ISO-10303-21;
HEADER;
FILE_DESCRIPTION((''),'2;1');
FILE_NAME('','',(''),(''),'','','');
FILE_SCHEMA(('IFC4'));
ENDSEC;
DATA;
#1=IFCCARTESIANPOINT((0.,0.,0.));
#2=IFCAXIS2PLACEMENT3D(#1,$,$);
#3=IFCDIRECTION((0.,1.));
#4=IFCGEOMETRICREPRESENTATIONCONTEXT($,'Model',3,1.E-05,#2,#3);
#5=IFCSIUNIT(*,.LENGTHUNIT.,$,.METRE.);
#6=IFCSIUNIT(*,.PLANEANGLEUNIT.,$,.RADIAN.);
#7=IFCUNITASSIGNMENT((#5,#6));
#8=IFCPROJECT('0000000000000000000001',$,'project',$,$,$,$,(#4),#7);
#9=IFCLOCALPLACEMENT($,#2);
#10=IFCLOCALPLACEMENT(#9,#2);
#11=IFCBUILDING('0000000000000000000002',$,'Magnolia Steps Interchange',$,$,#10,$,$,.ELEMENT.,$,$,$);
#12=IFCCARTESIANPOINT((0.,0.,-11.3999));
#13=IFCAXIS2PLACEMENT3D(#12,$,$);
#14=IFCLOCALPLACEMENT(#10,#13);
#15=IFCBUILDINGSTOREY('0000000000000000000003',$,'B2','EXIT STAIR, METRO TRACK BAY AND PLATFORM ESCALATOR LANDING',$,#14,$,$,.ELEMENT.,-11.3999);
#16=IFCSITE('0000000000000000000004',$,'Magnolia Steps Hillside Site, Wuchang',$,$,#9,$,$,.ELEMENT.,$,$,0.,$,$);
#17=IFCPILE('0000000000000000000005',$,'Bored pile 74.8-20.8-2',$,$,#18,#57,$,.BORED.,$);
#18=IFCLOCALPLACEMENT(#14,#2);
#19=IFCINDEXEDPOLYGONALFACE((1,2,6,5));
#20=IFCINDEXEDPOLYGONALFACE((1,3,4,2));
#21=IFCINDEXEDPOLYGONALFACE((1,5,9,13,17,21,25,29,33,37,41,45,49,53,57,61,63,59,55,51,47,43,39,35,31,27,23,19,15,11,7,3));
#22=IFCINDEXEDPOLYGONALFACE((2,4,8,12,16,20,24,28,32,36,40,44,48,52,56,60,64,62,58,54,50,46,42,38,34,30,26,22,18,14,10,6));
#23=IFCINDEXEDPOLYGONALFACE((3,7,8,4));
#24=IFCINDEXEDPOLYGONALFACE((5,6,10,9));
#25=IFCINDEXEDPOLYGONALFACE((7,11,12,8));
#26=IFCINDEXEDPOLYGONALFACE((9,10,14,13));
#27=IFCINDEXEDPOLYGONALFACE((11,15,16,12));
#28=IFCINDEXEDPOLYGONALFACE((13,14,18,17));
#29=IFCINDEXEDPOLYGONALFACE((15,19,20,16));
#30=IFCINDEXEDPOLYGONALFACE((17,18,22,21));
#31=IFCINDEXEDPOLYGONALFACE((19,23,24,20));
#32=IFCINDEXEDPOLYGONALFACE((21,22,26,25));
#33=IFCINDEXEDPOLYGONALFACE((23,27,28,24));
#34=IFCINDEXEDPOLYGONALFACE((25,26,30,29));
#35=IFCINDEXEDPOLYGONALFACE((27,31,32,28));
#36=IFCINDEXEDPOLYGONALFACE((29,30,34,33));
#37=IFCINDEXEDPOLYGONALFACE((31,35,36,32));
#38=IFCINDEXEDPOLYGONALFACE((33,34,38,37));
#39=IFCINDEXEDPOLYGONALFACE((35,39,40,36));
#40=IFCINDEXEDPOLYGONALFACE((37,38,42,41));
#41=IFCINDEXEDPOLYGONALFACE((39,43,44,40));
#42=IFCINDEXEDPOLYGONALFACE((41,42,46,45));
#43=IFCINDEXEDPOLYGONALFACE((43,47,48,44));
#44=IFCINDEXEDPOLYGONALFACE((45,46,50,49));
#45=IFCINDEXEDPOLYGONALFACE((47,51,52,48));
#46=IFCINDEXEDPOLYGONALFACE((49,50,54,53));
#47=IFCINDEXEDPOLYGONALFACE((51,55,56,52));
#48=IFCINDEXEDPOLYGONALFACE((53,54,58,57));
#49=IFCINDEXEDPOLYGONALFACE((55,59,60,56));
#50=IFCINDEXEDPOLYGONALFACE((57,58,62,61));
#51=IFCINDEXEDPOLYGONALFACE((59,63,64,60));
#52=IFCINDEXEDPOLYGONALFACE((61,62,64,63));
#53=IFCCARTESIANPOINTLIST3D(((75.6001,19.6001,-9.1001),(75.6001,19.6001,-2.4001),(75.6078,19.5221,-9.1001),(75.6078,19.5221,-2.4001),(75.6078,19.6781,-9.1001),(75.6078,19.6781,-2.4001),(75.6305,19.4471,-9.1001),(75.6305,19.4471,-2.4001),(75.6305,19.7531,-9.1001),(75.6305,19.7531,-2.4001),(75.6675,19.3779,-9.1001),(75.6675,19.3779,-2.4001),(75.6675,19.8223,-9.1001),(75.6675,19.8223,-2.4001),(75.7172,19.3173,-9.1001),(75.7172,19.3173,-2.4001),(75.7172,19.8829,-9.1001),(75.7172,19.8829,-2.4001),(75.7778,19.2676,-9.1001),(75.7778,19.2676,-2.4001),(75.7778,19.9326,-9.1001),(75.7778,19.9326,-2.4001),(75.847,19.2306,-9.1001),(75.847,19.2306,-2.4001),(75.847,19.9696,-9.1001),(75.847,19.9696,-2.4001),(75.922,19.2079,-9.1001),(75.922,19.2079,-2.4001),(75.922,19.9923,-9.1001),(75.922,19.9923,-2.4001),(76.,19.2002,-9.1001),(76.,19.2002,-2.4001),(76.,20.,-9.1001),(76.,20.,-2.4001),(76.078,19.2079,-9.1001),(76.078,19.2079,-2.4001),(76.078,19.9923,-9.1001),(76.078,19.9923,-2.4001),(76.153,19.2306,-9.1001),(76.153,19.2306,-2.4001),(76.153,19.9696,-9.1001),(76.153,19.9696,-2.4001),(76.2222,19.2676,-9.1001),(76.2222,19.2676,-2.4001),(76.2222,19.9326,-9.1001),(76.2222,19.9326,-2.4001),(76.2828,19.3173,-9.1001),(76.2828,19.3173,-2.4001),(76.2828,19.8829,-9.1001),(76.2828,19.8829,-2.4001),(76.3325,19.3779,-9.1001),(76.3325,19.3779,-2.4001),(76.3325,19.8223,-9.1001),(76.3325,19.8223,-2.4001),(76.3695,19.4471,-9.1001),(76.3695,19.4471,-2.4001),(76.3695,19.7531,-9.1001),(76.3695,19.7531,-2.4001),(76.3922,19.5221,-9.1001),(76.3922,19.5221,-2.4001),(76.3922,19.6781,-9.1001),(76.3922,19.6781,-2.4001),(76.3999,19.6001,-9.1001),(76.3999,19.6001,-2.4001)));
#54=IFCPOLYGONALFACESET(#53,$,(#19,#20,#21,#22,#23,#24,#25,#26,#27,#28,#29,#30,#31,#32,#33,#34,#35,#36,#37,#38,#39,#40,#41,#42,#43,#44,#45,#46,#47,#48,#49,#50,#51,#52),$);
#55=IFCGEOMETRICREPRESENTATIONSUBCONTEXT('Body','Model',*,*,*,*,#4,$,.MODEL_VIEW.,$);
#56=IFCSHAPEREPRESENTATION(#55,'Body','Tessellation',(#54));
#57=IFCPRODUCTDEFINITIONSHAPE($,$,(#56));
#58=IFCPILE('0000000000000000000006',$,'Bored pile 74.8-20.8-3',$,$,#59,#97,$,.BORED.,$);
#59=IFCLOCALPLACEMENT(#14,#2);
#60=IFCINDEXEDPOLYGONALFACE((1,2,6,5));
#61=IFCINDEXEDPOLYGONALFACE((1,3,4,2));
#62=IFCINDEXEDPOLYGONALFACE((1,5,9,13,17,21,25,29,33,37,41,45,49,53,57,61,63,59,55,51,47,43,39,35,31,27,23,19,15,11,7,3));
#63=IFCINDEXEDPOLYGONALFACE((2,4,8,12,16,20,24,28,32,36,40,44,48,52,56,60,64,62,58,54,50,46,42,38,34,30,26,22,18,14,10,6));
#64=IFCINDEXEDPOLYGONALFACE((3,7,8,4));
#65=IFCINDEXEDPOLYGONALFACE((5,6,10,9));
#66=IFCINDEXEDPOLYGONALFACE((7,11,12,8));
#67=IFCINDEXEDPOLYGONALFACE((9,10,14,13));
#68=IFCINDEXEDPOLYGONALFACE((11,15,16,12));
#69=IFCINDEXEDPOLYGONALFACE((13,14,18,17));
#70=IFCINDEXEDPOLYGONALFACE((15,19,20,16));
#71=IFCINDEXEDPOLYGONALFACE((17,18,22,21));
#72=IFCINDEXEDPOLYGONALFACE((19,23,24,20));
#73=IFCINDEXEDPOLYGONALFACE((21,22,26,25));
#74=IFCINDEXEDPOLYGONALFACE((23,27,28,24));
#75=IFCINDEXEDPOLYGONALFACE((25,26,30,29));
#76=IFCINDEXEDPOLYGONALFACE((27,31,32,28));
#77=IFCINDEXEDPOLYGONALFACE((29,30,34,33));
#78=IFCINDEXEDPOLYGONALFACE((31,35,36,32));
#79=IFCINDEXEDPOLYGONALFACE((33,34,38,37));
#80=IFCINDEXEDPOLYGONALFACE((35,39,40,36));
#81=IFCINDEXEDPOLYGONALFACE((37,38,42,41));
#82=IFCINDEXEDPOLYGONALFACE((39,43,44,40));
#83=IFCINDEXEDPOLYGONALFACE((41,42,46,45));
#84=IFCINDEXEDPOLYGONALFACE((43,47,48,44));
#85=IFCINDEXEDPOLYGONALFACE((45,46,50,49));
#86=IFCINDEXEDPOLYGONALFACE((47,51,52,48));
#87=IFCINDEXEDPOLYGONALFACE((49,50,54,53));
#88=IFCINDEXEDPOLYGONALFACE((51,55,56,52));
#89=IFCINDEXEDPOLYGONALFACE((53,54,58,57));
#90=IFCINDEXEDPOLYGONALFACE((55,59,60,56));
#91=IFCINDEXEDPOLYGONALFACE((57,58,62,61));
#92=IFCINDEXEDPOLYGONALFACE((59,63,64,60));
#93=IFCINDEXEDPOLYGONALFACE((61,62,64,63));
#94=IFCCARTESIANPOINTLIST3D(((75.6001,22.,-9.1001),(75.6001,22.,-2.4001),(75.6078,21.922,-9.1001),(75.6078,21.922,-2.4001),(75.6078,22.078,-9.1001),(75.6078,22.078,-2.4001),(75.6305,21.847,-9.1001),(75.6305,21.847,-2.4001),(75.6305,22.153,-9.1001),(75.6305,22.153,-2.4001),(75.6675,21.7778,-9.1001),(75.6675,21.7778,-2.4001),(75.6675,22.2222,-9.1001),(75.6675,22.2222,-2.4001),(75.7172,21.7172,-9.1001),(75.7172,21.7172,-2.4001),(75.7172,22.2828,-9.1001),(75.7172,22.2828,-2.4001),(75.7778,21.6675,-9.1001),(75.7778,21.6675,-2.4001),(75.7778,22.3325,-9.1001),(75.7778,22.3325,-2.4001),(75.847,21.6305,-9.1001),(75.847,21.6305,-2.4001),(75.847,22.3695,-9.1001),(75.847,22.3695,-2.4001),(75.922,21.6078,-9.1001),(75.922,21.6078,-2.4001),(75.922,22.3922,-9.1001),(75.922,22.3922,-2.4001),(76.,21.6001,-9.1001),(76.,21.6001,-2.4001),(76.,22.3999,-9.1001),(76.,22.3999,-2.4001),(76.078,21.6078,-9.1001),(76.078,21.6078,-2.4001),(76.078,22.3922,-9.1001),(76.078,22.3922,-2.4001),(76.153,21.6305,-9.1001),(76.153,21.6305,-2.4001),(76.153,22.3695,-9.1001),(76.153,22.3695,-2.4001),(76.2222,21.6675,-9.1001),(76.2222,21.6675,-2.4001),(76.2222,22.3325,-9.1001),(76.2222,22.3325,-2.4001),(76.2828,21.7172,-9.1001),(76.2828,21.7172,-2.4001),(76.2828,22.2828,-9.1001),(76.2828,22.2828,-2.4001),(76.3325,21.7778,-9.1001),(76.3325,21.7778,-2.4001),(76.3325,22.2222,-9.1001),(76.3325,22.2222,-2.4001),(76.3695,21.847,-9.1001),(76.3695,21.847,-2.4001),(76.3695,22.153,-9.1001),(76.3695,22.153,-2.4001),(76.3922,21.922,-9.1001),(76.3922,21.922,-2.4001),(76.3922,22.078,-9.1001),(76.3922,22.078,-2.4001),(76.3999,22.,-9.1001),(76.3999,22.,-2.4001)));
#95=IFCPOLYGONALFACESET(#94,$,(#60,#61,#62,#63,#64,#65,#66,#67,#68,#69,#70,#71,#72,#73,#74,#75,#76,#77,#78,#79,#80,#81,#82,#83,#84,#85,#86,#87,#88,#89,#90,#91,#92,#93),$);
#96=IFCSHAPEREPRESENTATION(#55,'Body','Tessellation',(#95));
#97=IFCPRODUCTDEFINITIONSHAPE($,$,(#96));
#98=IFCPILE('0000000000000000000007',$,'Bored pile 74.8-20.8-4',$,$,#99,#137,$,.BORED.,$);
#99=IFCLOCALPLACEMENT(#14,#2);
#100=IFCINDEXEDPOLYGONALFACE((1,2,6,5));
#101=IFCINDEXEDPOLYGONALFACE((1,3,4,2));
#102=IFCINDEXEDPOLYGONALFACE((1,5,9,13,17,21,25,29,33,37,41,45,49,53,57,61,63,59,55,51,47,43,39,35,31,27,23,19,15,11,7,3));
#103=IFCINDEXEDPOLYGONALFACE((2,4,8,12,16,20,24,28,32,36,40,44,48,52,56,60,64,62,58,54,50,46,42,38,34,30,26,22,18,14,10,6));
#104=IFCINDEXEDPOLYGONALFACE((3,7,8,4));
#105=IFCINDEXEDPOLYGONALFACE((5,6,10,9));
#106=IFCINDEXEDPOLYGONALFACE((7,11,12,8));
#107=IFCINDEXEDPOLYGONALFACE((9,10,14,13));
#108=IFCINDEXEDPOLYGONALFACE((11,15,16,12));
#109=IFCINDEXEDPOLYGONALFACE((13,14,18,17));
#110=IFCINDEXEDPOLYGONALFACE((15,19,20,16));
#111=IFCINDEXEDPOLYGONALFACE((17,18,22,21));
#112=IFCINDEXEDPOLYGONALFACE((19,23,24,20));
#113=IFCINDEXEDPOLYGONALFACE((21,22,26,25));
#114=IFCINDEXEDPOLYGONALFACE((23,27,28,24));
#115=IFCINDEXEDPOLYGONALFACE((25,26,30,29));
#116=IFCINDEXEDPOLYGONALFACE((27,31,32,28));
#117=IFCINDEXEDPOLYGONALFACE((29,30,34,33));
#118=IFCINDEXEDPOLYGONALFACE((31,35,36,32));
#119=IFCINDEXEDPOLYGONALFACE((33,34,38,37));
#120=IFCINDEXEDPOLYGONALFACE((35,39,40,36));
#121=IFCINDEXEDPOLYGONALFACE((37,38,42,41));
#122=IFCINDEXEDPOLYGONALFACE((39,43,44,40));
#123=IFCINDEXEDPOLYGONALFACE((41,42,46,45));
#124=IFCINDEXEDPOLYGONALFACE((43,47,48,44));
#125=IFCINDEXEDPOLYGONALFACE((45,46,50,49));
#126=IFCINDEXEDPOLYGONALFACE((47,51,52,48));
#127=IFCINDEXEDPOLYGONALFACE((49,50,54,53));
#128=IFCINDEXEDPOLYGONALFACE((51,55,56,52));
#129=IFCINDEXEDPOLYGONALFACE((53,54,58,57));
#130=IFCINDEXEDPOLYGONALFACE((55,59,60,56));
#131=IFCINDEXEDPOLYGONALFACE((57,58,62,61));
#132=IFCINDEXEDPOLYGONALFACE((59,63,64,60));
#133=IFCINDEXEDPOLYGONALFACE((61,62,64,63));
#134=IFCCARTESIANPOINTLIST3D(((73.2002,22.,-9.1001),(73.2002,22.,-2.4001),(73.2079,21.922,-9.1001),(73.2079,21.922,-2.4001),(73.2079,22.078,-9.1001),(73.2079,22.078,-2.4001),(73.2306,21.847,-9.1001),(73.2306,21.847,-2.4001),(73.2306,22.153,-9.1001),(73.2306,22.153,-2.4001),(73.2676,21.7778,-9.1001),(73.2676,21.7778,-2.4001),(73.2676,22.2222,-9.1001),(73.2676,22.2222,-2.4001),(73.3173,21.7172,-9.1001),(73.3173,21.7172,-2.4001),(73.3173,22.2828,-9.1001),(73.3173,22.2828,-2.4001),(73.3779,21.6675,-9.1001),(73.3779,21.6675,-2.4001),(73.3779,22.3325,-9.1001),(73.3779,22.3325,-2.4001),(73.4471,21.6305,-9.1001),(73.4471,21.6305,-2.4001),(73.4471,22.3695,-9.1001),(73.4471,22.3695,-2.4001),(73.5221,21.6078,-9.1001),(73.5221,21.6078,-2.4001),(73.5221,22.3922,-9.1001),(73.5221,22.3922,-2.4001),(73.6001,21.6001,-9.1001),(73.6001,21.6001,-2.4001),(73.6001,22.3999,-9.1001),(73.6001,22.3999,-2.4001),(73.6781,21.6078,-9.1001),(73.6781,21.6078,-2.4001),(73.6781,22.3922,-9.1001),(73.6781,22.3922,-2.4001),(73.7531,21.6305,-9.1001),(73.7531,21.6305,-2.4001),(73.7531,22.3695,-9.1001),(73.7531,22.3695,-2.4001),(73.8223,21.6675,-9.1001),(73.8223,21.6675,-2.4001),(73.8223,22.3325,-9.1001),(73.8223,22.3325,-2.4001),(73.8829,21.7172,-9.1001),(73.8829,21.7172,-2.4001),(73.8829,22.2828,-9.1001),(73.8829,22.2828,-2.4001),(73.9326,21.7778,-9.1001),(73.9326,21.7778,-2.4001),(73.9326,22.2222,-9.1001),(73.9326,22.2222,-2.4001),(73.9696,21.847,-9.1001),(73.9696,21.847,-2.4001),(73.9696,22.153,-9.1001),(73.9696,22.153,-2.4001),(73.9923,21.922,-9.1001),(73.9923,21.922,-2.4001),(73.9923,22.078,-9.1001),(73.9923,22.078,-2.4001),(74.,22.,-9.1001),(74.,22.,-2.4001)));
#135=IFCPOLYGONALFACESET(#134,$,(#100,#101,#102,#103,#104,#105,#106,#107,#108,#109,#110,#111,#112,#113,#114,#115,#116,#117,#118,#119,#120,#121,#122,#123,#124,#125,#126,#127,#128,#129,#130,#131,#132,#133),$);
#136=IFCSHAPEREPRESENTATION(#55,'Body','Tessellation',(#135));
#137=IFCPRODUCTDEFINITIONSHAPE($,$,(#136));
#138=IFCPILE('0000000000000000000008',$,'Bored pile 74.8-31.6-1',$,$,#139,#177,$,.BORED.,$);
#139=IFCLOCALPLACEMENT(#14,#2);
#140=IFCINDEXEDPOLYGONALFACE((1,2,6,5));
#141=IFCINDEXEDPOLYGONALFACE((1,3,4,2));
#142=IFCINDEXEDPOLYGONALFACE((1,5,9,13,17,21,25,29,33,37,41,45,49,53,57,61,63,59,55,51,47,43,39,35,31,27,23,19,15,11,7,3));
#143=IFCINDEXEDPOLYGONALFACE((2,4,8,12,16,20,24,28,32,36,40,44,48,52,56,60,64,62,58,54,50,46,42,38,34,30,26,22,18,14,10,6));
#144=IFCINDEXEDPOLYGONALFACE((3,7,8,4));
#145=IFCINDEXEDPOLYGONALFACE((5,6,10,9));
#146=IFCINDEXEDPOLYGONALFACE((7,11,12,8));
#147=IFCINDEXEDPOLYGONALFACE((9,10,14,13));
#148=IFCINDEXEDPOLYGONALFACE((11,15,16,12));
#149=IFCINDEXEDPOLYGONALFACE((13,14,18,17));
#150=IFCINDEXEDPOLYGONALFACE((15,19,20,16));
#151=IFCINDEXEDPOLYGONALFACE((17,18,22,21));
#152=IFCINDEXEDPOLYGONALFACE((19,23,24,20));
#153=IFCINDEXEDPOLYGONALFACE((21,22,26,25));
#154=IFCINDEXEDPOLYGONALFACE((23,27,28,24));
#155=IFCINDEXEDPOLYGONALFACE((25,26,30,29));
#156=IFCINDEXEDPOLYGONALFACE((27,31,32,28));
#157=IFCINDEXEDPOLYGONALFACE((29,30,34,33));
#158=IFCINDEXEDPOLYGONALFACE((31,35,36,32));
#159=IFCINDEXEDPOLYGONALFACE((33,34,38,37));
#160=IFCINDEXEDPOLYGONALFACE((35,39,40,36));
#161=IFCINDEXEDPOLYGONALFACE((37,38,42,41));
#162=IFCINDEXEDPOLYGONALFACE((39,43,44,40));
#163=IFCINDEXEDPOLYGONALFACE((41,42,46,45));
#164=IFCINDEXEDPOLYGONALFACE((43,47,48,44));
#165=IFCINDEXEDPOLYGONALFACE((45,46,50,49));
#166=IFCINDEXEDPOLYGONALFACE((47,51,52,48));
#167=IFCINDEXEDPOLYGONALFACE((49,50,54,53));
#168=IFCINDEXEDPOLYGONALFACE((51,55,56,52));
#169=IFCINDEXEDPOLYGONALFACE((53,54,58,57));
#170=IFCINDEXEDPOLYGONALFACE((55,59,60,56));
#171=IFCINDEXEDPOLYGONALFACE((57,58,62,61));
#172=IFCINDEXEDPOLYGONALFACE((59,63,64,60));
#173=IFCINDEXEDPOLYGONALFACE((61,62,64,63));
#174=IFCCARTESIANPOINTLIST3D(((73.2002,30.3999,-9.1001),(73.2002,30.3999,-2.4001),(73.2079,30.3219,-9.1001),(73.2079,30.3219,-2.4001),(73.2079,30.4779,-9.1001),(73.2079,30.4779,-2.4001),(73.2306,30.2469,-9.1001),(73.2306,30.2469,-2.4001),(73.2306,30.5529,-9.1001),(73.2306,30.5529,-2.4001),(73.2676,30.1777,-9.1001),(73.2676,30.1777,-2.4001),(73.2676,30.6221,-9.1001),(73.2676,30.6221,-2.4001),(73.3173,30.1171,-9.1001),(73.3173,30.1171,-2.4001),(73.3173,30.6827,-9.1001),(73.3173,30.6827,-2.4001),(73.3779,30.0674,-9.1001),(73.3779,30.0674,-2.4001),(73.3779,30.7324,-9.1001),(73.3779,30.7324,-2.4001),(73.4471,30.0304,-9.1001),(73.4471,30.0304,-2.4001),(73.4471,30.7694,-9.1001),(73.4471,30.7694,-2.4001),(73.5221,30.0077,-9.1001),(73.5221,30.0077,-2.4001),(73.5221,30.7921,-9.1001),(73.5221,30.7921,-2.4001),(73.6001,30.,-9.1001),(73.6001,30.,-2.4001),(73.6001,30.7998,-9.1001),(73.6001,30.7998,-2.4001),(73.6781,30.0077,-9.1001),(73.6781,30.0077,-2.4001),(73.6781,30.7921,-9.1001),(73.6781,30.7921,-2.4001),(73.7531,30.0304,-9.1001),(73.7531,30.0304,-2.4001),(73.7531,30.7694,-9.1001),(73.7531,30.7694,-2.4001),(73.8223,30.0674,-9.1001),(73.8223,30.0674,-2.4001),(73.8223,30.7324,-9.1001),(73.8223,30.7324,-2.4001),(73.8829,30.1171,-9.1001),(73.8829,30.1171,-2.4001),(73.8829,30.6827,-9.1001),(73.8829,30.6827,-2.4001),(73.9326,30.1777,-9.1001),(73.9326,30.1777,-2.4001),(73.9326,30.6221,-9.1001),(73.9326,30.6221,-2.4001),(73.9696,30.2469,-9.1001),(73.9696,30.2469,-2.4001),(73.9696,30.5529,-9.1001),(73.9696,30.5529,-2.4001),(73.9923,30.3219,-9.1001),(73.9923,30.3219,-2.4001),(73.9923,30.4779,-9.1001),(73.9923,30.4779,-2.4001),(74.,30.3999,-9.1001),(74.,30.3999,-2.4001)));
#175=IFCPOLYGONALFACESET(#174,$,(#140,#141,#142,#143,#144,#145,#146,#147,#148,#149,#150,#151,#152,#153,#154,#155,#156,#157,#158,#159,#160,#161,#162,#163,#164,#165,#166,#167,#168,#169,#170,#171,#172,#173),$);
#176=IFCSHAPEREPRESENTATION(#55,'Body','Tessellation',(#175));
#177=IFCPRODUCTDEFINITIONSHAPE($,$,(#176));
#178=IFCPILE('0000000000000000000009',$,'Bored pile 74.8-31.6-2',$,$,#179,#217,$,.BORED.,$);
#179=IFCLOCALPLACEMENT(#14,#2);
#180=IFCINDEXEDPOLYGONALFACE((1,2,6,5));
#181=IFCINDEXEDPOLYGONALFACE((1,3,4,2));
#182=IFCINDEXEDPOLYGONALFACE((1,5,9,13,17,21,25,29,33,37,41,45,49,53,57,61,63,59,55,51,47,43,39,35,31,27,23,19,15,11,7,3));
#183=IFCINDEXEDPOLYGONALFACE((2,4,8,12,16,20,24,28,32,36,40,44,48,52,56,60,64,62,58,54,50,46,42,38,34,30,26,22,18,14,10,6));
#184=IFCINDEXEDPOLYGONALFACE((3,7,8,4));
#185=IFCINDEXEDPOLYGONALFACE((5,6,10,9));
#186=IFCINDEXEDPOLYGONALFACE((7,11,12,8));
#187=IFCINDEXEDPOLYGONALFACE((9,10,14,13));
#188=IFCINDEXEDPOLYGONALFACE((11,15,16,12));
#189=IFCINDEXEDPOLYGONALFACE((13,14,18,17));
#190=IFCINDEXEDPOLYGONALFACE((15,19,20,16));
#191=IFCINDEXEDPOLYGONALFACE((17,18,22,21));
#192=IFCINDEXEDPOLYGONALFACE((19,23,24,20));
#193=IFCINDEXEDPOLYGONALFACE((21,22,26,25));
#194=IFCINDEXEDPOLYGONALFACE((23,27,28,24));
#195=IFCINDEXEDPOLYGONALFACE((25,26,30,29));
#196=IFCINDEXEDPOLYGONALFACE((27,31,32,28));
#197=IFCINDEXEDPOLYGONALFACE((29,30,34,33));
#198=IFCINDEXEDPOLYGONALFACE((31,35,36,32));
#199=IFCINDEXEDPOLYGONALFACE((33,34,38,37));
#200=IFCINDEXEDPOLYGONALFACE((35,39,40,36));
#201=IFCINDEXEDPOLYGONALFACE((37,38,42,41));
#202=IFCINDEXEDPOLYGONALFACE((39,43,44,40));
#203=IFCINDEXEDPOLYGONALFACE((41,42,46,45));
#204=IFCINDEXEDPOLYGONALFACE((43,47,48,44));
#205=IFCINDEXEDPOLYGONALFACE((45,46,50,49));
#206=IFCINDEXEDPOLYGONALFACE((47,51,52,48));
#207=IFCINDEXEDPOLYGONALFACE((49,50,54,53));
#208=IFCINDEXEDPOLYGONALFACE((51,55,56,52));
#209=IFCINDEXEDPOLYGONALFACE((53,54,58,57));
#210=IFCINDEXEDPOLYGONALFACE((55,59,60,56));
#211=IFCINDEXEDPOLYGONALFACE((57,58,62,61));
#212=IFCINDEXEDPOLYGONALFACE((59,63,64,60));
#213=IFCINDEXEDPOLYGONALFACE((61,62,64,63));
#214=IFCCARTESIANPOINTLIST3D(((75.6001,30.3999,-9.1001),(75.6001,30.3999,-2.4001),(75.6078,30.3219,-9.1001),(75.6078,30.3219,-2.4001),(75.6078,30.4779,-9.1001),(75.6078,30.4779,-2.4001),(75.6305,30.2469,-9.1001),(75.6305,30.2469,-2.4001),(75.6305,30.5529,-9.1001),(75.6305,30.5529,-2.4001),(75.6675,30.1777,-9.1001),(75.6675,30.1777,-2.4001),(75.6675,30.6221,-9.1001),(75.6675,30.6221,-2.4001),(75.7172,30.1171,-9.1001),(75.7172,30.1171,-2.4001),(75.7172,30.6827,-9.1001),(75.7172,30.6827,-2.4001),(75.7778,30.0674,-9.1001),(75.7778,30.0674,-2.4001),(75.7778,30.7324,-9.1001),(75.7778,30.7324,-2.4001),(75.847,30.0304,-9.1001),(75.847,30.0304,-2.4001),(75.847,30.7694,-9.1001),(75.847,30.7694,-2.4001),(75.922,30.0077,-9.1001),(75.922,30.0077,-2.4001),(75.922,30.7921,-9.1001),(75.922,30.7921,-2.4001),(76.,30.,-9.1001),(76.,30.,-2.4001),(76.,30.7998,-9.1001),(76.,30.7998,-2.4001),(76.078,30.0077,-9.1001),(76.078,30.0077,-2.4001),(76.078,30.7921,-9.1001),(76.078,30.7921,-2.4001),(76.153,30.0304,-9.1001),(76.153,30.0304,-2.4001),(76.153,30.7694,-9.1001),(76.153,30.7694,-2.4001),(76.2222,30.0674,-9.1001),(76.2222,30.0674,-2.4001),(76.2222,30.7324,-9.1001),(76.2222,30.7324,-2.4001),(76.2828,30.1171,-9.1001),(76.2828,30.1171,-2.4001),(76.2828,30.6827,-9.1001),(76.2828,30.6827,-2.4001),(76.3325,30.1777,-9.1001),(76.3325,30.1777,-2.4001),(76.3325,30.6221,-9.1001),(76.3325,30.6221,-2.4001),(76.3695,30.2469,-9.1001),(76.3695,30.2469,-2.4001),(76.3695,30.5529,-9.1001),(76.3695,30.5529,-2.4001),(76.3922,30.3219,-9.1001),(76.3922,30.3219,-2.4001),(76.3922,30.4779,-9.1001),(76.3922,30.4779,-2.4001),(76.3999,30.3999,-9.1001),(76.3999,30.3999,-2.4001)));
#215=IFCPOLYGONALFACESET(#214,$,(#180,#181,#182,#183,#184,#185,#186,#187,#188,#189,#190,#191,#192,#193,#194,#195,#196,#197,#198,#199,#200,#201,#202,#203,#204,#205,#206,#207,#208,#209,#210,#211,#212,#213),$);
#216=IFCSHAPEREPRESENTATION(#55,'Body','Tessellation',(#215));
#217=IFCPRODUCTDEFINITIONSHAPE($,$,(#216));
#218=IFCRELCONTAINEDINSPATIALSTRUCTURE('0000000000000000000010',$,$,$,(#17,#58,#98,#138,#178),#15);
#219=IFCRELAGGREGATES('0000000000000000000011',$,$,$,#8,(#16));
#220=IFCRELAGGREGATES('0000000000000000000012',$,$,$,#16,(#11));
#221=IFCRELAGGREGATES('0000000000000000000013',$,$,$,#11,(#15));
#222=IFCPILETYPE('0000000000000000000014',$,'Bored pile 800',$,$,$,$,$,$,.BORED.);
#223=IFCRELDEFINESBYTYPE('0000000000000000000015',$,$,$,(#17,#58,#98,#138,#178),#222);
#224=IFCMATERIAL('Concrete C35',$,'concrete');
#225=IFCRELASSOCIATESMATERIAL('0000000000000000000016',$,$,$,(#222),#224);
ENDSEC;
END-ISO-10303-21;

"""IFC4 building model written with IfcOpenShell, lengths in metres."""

from ifc_helpers import new_model, si_unit, direction, frame, origin, origin_2d, place, context, subcontext, project, spatial, circle, extrude, material, material_profile, profile_set, type_object, element, save


model = new_model("IFC4")

# Units and contexts
model_context = context("Model", 3, precision=1e-05, world=origin(), true_north=direction((0.0, 1.0)))
body_context = subcontext(model_context, "Body", "Model", "MODEL_VIEW")
ifc_project = project(units=[si_unit("LENGTHUNIT", "METRE"), si_unit("PLANEANGLEUNIT", "RADIAN")], contexts=[model_context])

# Site, building, storey
site_placement = place(None, origin())
site = spatial("IfcSite", under=ifc_project, at=site_placement, Name="Magnolia Steps Hillside Site, Wuchang", CompositionType="ELEMENT", RefElevation=0.0)
building_placement = place(site_placement, origin())
building = spatial("IfcBuilding", under=site, at=building_placement, Name="Magnolia Steps Interchange", CompositionType="ELEMENT")
storey_placement = place(building_placement, frame((0.0, 0.0, -11.3999)))
storey = spatial("IfcBuildingStorey", under=building, at=storey_placement, Name="B2", Description="EXIT STAIR, METRO TRACK BAY AND PLATFORM ESCALATOR LANDING", CompositionType="ELEMENT", Elevation=-11.3999)

# Piles
ifc_material_1 = material(Name="Concrete C35", Category="concrete")
ifc_material_profile_1 = material_profile(ifc_material_1, circle(Radius=0.3999, at=origin_2d()), Name="Bored pile 800")
ifc_profile_set_1 = profile_set([ifc_material_profile_1], Name="Concrete C35")
pile_type = type_object("IfcPileType", Name="Bored pile 800", PredefinedType="BORED", material=ifc_profile_set_1)
for number, where, z_axis, x_axis, name in (
    (1, (76.0, 19.6001, -2.4001), (0.0, 0.0, -1.0), (1.0, 0.0, 0.0), "Bored pile 74.8-20.8-2"),
    (2, (76.0, 22.0, -2.4001), (0.0, 0.0, -1.0), (1.0, 0.0, 0.0), "Bored pile 74.8-20.8-3"),
    (3, (73.6001, 22.0, -2.4001), (0.0, 0.0, -1.0), (1.0, 0.0, 0.0), "Bored pile 74.8-20.8-4"),
    (4, (73.6001, 30.3999, -2.4001), (0.0, 0.0, -1.0), (1.0, 0.0, 0.0), "Bored pile 74.8-31.6-1"),
    (5, (76.0, 30.3999, -2.4001), (0.0, 0.0, -1.0), (1.0, 0.0, 0.0), "Bored pile 74.8-31.6-2"),
):
    element("IfcPile", number, at=place(storey_placement, frame(where, z_axis=z_axis, x_axis=x_axis)), inside=storey, type_object=pile_type, Name=name, PredefinedType="BORED", context=body_context, shape_type="SweptSolid", body=[
        extrude(circle(Radius=0.3999, at=origin_2d()), origin(), (0.0, 0.0, 1.0), 6.7),
    ])

save(model, "model.ifc")
